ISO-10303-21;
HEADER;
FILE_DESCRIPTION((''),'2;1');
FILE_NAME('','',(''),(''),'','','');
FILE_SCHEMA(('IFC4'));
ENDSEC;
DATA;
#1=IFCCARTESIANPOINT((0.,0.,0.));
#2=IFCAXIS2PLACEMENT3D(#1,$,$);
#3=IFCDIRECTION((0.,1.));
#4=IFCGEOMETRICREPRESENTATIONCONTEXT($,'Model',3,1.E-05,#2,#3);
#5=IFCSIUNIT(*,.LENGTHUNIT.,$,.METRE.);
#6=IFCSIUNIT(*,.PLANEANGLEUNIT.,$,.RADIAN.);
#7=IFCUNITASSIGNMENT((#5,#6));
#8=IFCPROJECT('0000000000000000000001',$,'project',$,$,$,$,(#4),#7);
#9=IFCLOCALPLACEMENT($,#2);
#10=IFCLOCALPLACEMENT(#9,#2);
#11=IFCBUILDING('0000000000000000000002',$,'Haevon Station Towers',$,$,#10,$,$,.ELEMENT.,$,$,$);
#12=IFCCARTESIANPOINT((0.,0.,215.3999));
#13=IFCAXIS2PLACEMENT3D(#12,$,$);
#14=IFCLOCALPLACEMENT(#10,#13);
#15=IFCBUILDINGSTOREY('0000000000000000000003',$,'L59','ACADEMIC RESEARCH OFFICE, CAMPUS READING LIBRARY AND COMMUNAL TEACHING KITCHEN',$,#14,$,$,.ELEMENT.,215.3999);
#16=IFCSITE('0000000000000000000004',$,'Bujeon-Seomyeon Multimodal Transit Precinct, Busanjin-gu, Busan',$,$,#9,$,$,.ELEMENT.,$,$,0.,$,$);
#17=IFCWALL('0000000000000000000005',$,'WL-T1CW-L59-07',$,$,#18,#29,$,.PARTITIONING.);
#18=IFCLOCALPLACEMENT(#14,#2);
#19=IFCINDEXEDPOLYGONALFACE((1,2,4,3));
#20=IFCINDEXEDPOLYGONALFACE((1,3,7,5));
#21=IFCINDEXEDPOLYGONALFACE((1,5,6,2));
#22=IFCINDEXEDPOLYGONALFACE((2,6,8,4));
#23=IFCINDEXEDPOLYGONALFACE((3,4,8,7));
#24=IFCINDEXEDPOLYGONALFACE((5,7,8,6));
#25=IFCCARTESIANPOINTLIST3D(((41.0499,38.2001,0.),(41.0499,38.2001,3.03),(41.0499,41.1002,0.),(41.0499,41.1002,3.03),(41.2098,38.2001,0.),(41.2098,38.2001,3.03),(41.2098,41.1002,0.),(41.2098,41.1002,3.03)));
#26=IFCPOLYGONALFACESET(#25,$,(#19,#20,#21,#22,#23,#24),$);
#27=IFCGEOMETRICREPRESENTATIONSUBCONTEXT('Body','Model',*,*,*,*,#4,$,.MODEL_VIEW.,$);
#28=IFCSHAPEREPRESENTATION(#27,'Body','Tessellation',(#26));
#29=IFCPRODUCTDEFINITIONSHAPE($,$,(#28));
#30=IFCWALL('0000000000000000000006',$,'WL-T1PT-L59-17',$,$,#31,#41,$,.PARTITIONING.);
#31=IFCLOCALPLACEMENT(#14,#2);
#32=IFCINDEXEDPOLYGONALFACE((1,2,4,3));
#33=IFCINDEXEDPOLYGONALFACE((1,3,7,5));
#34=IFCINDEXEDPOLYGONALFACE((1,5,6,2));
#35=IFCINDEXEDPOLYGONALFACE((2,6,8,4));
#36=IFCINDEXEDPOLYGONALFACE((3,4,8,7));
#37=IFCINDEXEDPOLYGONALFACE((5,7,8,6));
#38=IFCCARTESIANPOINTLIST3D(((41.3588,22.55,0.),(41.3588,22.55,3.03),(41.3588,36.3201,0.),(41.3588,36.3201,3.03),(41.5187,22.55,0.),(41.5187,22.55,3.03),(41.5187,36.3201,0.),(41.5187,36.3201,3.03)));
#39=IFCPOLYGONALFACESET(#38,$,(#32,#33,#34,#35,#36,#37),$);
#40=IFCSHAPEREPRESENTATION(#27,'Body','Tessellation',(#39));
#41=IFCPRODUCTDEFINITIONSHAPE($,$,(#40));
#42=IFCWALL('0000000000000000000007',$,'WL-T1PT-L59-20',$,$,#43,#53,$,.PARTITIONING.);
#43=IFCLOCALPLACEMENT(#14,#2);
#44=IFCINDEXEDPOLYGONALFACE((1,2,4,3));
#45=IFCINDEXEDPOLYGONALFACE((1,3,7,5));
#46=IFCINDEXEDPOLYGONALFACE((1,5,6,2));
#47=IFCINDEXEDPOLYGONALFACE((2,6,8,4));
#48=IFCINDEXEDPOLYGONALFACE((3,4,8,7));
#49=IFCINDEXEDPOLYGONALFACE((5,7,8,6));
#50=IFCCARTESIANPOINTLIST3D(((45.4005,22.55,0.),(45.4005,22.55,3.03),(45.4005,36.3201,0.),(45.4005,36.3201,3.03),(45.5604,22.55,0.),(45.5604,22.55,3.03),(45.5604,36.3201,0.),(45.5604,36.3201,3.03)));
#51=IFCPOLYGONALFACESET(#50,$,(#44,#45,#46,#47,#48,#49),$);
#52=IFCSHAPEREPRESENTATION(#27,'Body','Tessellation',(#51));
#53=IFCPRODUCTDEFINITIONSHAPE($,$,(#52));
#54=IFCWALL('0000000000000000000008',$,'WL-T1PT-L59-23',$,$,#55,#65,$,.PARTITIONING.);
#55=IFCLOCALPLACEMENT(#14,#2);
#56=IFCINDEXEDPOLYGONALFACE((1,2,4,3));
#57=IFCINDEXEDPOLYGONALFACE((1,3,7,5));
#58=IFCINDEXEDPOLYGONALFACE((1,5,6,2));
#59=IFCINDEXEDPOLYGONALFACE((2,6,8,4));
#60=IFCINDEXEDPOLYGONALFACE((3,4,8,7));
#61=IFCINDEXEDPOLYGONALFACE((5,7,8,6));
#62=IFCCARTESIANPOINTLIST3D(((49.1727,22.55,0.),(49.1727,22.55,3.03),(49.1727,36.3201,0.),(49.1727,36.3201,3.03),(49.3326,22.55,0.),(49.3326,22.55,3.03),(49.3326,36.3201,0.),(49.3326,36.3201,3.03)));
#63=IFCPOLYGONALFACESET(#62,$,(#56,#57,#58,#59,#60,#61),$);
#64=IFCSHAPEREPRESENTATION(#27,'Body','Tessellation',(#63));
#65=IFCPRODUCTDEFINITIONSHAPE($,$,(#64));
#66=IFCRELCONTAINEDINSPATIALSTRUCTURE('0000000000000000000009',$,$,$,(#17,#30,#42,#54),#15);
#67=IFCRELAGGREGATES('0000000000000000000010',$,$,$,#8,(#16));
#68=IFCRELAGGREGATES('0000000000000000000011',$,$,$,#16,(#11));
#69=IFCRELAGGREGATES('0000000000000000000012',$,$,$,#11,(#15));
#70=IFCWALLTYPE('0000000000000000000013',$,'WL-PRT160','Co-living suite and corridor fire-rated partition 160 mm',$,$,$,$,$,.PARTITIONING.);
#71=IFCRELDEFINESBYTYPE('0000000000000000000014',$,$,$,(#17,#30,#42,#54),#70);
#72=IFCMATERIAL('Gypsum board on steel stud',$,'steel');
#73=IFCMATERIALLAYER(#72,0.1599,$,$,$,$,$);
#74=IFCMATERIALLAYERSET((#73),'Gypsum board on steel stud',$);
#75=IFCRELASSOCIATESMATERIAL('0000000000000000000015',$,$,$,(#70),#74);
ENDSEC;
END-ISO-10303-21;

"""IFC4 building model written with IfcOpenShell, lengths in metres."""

from ifc_helpers import new_model, si_unit, direction, frame, frame_2d, origin, place, context, subcontext, project, spatial, rectangle, extrude, material, layer, layer_set, type_object, element, save


model = new_model("IFC4")

# Units and contexts
model_context = context("Model", 3, precision=1e-05, world=origin(), true_north=direction((0.0, 1.0)))
body_context = subcontext(model_context, "Body", "Model", "MODEL_VIEW")
ifc_project = project(units=[si_unit("LENGTHUNIT", "METRE"), si_unit("PLANEANGLEUNIT", "RADIAN")], contexts=[model_context])

# Site, building, storey
site_placement = place(None, origin())
site = spatial("IfcSite", under=ifc_project, at=site_placement, Name="Bujeon-Seomyeon Multimodal Transit Precinct, Busanjin-gu, Busan", CompositionType="ELEMENT", RefElevation=0.0)
building_placement = place(site_placement, origin())
building = spatial("IfcBuilding", under=site, at=building_placement, Name="Haevon Station Towers", CompositionType="ELEMENT")
storey_placement = place(building_placement, frame((0.0, 0.0, 215.3999)))
storey = spatial("IfcBuildingStorey", under=building, at=storey_placement, Name="L59", Description="ACADEMIC RESEARCH OFFICE, CAMPUS READING LIBRARY AND COMMUNAL TEACHING KITCHEN", CompositionType="ELEMENT", Elevation=215.3999)

# Walls
ifc_material_1 = material(Name="Gypsum board on steel stud", Category="steel")
ifc_layer_1 = layer(ifc_material_1, 0.1599)
ifc_layer_set_1 = layer_set([ifc_layer_1], Name="Gypsum board on steel stud")
wall_type_1 = type_object("IfcWallType", Name="WL-PRT160", Description="Co-living suite and corridor fire-rated partition 160 mm", PredefinedType="PARTITIONING", material=ifc_layer_set_1)
for number, where, z_axis, x_axis, name in (
    (1, (41.1299, 38.2, 0.0), (0.0, 0.0, 1.0), (0.0, 1.0, 0.0), "WL-T1CW-L59-07"),
):
    element("IfcWall", number, at=place(storey_placement, frame(where, z_axis=z_axis, x_axis=x_axis)), inside=storey, type_object=wall_type_1, Name=name, PredefinedType="PARTITIONING", context=body_context, shape_type="SweptSolid", body=[
        extrude(rectangle(XDim=2.9001, YDim=0.1599, at=frame_2d((1.4502, 0.0))), origin(), (0.0, 0.0, 1.0), 3.03),
    ])
for number, where, z_axis, x_axis, name in (
    (2, (41.4387, 22.55, 0.0), (0.0, 0.0, 1.0), (0.0, 1.0, 0.0), "WL-T1PT-L59-17"),
    (3, (45.4805, 22.55, 0.0), (0.0, 0.0, 1.0), (0.0, 1.0, 0.0), "WL-T1PT-L59-20"),
    (4, (49.2527, 22.55, 0.0), (0.0, 0.0, 1.0), (0.0, 1.0, 0.0), "WL-T1PT-L59-23"),
):
    element("IfcWall", number, at=place(storey_placement, frame(where, z_axis=z_axis, x_axis=x_axis)), inside=storey, type_object=wall_type_1, Name=name, PredefinedType="PARTITIONING", context=body_context, shape_type="SweptSolid", body=[
        extrude(rectangle(XDim=13.77, YDim=0.1599, at=frame_2d((6.885, 0.0))), origin(), (0.0, 0.0, 1.0), 3.03),
    ])

save(model, "model.ifc")
